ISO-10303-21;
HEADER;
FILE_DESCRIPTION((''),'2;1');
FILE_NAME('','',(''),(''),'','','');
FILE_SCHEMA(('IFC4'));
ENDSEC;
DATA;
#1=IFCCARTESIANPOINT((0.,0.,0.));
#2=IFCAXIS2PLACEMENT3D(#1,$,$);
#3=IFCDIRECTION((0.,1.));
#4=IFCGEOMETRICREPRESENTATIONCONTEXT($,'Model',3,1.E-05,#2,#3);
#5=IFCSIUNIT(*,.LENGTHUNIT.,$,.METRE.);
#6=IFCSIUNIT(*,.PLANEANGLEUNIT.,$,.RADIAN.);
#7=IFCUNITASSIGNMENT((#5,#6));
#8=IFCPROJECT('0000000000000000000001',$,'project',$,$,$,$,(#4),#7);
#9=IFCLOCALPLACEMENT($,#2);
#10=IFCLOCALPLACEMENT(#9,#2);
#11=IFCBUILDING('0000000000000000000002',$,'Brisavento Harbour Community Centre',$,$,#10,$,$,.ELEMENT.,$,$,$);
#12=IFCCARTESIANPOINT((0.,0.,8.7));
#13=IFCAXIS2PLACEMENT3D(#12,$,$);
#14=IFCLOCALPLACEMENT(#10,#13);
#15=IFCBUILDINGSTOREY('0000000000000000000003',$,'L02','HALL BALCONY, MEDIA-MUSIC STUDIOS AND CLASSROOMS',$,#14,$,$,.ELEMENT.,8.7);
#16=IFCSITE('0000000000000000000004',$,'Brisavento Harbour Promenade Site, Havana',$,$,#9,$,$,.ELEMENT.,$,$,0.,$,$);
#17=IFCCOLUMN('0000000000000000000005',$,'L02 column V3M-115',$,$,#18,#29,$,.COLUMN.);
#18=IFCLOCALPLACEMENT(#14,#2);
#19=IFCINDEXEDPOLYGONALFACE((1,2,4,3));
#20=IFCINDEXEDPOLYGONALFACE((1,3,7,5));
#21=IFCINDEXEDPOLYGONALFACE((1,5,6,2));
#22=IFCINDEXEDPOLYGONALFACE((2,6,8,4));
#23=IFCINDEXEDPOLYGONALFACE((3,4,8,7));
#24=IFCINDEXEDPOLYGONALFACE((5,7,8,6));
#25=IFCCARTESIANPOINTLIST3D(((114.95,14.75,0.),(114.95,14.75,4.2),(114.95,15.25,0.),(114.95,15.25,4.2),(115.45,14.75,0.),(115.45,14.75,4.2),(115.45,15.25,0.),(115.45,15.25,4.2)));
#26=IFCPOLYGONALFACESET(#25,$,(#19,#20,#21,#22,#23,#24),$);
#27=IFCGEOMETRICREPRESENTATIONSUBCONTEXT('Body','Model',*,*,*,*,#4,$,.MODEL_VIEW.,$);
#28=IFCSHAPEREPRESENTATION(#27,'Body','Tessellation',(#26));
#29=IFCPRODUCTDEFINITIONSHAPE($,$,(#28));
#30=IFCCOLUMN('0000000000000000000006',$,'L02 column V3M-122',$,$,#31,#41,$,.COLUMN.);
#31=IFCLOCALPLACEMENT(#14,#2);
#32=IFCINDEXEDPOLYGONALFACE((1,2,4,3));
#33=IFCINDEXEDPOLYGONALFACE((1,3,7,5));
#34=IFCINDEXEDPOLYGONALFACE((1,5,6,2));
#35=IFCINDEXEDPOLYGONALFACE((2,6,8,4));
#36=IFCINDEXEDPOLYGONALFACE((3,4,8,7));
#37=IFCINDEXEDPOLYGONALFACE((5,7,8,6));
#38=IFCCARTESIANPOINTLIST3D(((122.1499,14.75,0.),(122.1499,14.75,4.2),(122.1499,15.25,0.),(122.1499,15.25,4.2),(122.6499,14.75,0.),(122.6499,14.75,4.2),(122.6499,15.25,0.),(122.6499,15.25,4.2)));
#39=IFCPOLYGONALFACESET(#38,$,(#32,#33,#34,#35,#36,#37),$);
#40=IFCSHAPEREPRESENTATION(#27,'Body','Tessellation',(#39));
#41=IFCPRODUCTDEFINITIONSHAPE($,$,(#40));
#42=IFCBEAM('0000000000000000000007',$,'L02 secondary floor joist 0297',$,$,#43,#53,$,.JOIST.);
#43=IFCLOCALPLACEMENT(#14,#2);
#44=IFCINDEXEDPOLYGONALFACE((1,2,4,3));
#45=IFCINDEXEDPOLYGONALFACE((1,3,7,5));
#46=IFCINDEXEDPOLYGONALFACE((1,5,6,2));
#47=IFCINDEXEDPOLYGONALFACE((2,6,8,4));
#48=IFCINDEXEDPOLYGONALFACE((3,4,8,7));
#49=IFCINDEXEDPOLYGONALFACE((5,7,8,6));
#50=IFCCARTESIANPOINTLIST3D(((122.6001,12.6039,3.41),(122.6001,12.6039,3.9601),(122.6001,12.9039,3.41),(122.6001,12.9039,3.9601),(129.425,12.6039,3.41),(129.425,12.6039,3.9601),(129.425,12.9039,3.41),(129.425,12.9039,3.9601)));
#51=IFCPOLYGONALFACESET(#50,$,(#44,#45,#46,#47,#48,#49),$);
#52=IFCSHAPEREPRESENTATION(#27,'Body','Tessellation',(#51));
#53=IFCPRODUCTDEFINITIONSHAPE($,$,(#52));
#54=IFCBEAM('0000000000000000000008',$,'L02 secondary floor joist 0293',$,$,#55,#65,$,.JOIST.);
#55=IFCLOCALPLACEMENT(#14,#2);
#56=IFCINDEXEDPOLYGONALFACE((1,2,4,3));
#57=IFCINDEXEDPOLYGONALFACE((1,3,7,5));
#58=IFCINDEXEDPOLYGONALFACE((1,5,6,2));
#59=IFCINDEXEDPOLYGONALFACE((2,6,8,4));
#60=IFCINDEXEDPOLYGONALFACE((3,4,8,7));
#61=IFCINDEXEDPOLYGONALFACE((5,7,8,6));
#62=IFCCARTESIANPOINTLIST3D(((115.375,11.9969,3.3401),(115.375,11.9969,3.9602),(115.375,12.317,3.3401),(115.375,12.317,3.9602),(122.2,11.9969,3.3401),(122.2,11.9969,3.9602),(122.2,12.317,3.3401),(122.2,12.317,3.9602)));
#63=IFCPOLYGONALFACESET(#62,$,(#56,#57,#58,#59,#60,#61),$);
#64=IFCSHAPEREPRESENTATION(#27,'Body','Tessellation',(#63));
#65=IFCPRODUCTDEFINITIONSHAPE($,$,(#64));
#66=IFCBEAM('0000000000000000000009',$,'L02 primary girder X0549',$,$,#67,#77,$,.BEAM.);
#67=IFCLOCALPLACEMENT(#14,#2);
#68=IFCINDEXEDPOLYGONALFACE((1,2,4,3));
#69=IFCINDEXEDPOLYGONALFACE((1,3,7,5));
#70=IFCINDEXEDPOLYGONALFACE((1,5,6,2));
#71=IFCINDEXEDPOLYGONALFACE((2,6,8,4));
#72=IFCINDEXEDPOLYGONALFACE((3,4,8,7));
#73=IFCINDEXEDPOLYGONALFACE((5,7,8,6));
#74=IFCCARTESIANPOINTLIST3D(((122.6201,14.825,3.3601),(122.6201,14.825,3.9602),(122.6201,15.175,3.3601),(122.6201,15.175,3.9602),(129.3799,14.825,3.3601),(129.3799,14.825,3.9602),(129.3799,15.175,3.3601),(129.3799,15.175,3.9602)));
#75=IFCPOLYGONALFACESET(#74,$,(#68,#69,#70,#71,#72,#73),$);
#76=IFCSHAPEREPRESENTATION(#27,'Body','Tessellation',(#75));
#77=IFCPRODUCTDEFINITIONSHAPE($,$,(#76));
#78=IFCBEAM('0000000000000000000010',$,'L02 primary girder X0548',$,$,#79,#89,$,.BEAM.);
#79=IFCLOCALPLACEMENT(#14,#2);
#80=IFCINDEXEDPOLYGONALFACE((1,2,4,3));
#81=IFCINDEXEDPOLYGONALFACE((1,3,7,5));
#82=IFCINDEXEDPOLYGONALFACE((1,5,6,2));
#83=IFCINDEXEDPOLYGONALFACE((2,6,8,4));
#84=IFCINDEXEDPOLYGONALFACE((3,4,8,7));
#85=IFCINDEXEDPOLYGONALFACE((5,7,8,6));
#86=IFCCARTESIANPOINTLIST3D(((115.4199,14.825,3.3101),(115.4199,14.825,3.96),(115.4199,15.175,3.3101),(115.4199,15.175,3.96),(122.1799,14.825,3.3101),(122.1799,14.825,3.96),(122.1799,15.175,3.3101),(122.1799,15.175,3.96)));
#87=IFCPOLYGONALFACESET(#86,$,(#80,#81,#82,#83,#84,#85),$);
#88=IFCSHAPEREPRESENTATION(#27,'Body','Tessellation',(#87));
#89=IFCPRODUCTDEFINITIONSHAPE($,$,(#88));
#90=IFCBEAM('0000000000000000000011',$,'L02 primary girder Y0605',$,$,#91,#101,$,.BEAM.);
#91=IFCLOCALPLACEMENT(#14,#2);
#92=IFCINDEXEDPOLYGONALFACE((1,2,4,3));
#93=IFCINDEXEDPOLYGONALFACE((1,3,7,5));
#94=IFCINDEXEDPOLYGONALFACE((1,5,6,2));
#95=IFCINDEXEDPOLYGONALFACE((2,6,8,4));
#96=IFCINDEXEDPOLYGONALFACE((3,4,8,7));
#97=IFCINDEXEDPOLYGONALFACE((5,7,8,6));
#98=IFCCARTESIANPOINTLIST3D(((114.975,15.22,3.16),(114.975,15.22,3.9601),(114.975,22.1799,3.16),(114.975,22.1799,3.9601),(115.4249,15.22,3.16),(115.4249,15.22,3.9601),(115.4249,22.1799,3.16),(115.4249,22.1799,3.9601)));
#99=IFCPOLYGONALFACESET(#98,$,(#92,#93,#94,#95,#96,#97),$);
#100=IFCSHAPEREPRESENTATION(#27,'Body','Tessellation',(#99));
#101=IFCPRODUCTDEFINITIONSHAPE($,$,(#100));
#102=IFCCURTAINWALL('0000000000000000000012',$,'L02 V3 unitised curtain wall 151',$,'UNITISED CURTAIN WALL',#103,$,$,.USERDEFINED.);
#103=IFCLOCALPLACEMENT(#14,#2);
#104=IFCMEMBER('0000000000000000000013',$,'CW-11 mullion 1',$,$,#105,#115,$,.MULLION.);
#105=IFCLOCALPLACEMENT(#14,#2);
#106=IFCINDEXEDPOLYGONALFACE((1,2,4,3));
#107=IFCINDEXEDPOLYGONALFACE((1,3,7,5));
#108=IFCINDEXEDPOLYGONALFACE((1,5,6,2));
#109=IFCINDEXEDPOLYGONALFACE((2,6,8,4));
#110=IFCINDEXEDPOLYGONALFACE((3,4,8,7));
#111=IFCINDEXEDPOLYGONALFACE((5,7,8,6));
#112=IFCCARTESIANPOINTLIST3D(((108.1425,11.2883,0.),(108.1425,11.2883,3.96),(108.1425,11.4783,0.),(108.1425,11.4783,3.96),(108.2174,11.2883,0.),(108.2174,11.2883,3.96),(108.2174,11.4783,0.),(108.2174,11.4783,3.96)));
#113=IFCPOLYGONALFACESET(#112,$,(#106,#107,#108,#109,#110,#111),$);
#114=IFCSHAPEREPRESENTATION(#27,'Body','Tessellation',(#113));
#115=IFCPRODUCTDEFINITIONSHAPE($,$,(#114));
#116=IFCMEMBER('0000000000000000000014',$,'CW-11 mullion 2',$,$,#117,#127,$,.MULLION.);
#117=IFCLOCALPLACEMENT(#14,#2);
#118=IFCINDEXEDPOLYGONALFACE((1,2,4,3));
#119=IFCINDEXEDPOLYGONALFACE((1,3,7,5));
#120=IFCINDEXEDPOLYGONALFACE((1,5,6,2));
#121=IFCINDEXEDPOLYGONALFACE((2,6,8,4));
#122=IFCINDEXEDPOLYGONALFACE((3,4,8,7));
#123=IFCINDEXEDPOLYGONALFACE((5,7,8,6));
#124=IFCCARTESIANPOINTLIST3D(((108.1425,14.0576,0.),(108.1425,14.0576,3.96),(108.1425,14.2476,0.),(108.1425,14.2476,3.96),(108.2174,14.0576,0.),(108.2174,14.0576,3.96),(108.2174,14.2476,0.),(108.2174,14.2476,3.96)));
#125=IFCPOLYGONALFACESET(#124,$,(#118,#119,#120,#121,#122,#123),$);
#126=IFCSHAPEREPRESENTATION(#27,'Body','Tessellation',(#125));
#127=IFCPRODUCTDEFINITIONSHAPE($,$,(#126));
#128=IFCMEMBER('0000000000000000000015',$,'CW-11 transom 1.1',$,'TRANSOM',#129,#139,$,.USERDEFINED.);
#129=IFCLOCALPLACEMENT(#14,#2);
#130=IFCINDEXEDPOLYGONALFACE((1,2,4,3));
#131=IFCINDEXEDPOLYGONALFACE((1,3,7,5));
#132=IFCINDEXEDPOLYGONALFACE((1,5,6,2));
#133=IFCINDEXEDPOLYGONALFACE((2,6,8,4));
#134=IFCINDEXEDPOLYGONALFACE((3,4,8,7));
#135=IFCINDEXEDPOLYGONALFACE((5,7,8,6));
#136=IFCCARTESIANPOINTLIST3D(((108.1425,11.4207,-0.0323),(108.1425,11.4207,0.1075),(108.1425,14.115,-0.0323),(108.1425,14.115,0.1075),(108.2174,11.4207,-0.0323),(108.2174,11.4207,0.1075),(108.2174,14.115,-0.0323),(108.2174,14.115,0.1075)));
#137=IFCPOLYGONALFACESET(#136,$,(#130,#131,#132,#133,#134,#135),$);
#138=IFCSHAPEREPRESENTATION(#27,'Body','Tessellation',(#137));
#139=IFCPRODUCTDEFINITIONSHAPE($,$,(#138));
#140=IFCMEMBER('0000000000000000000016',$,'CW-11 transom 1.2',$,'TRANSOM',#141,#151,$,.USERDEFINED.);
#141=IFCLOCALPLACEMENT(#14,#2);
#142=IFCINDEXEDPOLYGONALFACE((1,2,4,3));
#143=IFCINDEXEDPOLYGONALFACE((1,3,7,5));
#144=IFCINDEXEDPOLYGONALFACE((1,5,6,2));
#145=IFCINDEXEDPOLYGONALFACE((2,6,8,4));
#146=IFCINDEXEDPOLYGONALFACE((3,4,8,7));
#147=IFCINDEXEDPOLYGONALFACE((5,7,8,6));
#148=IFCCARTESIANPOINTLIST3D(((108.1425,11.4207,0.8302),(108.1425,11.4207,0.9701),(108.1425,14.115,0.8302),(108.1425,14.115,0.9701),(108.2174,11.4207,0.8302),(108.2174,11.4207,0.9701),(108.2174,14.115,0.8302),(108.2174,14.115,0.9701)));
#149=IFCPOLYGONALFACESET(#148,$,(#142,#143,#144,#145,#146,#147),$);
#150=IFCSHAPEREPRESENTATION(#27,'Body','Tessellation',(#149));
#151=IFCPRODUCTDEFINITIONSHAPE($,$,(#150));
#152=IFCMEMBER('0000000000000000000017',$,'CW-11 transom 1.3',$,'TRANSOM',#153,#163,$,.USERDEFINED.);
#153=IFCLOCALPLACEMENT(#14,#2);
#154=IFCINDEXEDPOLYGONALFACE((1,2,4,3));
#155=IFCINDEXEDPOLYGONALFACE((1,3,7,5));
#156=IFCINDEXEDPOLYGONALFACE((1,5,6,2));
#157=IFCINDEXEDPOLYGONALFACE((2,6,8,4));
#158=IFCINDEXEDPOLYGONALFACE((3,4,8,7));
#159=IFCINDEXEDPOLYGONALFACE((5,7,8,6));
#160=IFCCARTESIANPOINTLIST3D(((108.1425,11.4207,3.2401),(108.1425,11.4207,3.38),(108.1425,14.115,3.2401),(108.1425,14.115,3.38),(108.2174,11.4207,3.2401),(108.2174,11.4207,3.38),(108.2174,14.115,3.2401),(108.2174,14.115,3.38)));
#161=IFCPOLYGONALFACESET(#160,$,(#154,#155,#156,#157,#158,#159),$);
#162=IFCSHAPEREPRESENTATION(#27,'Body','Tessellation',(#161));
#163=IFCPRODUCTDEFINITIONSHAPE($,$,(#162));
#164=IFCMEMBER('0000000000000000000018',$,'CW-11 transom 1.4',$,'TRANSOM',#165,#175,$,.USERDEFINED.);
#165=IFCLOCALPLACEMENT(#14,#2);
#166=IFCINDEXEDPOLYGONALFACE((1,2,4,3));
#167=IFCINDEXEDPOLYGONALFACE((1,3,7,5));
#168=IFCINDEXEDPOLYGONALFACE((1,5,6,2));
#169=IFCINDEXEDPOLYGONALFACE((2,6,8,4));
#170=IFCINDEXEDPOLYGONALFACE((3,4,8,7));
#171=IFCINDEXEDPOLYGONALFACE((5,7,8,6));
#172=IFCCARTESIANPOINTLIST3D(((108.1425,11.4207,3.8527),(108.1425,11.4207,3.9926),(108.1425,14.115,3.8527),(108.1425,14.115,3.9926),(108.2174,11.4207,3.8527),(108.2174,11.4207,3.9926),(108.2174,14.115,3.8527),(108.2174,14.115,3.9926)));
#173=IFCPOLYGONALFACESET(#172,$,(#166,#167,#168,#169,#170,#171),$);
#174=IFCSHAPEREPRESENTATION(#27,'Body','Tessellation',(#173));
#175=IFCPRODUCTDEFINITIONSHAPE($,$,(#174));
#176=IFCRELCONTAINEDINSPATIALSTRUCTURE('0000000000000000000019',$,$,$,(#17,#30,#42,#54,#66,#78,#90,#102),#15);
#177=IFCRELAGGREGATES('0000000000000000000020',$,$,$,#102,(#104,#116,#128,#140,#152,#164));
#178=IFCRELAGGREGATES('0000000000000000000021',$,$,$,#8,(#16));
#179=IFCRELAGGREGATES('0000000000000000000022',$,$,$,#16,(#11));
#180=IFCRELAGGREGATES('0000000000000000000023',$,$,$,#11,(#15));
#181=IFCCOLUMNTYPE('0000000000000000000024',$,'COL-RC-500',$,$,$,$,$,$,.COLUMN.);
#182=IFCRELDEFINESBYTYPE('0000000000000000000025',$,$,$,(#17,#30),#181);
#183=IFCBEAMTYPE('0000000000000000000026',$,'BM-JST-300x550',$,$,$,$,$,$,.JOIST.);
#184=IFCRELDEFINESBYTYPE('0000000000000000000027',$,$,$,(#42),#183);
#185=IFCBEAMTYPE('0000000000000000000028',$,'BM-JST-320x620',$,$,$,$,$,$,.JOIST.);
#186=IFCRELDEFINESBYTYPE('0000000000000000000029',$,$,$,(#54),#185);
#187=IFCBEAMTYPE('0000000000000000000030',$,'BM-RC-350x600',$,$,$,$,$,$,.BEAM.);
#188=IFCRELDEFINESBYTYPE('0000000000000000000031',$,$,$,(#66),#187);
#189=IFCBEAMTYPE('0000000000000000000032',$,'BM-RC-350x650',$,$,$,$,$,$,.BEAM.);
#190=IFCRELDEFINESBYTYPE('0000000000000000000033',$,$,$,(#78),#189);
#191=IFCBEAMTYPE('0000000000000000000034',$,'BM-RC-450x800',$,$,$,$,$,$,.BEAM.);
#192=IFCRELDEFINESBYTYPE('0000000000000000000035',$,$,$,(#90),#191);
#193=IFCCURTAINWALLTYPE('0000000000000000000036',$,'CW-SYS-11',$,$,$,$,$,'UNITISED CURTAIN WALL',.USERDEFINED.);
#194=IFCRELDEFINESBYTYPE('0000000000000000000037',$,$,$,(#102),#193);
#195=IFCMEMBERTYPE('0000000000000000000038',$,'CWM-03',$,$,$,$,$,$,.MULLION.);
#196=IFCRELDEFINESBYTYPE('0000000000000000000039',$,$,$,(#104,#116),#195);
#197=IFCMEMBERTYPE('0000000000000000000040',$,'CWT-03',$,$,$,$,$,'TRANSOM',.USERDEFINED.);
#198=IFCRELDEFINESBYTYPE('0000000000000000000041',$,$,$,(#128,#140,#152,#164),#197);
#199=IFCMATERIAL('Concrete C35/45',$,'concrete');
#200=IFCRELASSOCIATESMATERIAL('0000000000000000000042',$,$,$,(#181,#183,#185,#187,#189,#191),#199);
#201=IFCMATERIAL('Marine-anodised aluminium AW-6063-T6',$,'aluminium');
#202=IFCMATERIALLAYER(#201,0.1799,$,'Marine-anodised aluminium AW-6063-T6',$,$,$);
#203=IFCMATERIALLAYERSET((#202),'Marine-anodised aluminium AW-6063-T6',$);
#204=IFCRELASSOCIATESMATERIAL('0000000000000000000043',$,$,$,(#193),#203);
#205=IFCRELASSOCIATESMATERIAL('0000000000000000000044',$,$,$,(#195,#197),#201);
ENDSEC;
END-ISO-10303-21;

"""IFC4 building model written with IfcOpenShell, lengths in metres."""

from ifc_helpers import new_model, si_unit, direction, frame, origin, origin_2d, place, context, subcontext, project, spatial, rectangle, extrude, material, layer, layer_set, material_profile, profile_set, type_object, element, aggregate, save


model = new_model("IFC4")

# Units and contexts
model_context = context("Model", 3, precision=1e-05, world=origin(), true_north=direction((0.0, 1.0)))
body_context = subcontext(model_context, "Body", "Model", "MODEL_VIEW")
ifc_project = project(units=[si_unit("LENGTHUNIT", "METRE"), si_unit("PLANEANGLEUNIT", "RADIAN")], contexts=[model_context])

# Site, building, storey
site_placement = place(None, origin())
site = spatial("IfcSite", under=ifc_project, at=site_placement, Name="Brisavento Harbour Promenade Site, Havana", CompositionType="ELEMENT", RefElevation=0.0)
building_placement = place(site_placement, origin())
building = spatial("IfcBuilding", under=site, at=building_placement, Name="Brisavento Harbour Community Centre", CompositionType="ELEMENT")
storey_placement = place(building_placement, frame((0.0, 0.0, 8.7)))
storey = spatial("IfcBuildingStorey", under=building, at=storey_placement, Name="L02", Description="HALL BALCONY, MEDIA-MUSIC STUDIOS AND CLASSROOMS", CompositionType="ELEMENT", Elevation=8.7)

# Columns
ifc_material_1 = material(Name="Concrete C35/45", Category="concrete")
ifc_material_profile_1 = material_profile(ifc_material_1, rectangle(XDim=0.5, YDim=0.5, at=origin_2d()), Name="Concrete C35/45")
ifc_profile_set_1 = profile_set([ifc_material_profile_1], Name="Concrete C35/45")
column_type = type_object("IfcColumnType", Name="COL-RC-500", PredefinedType="COLUMN", material=ifc_profile_set_1)
for number, where, z_axis, x_axis, name in (
    (1, (115.2, 15.0, 0.0), (0.0, 0.0, 1.0), (1.0, 0.0, 0.0), "L02 column V3M-115"),
    (2, (122.3999, 15.0, 0.0), (0.0, 0.0, 1.0), (1.0, 0.0, 0.0), "L02 column V3M-122"),
):
    element("IfcColumn", number, at=place(storey_placement, frame(where, z_axis=z_axis, x_axis=x_axis)), inside=storey, type_object=column_type, Name=name, PredefinedType="COLUMN", context=body_context, shape_type="SweptSolid", body=[
        extrude(rectangle(XDim=0.5, YDim=0.5, at=origin_2d()), origin(), (0.0, 0.0, 1.0), 4.2),
    ])

# Beams
ifc_material_profile_2 = material_profile(ifc_material_1, rectangle(XDim=0.3, YDim=0.55, at=origin_2d()), Name="Concrete C35/45")
ifc_profile_set_2 = profile_set([ifc_material_profile_2], Name="Concrete C35/45")
beam_type_1 = type_object("IfcBeamType", Name="BM-JST-300x550", PredefinedType="JOIST", material=ifc_profile_set_2)
beam_1_placement = place(storey_placement, frame((122.6001, 12.7539, 3.6851), z_axis=(1.0, 0.0, 0.0), x_axis=(0.0, 1.0, 0.0)))
element("IfcBeam", 3, at=beam_1_placement, inside=storey, type_object=beam_type_1, Name="L02 secondary floor joist 0297", PredefinedType="JOIST", context=body_context, shape_type="SweptSolid", body=[
    extrude(rectangle(XDim=0.3, YDim=0.55, at=origin_2d()), origin(), (0.0, 0.0, 1.0), 6.825),
])
ifc_material_profile_3 = material_profile(ifc_material_1, rectangle(XDim=0.3201, YDim=0.6201, at=origin_2d()), Name="Concrete C35/45")
ifc_profile_set_3 = profile_set([ifc_material_profile_3], Name="Concrete C35/45")
beam_type_2 = type_object("IfcBeamType", Name="BM-JST-320x620", PredefinedType="JOIST", material=ifc_profile_set_3)
beam_2_placement = place(storey_placement, frame((115.375, 12.157, 3.6501), z_axis=(1.0, 0.0, 0.0), x_axis=(0.0, 1.0, 0.0)))
element("IfcBeam", 4, at=beam_2_placement, inside=storey, type_object=beam_type_2, Name="L02 secondary floor joist 0293", PredefinedType="JOIST", context=body_context, shape_type="SweptSolid", body=[
    extrude(rectangle(XDim=0.3201, YDim=0.6201, at=origin_2d()), origin(), (0.0, 0.0, 1.0), 6.825),
])
ifc_material_profile_4 = material_profile(ifc_material_1, rectangle(XDim=0.3501, YDim=0.6001, at=origin_2d()), Name="Concrete C35/45")
ifc_profile_set_4 = profile_set([ifc_material_profile_4], Name="Concrete C35/45")
beam_type_3 = type_object("IfcBeamType", Name="BM-RC-350x600", PredefinedType="BEAM", material=ifc_profile_set_4)
beam_3_placement = place(storey_placement, frame((122.6201, 15.0, 3.6602), z_axis=(1.0, 0.0, 0.0), x_axis=(0.0, 1.0, 0.0)))
element("IfcBeam", 5, at=beam_3_placement, inside=storey, type_object=beam_type_3, Name="L02 primary girder X0549", PredefinedType="BEAM", context=body_context, shape_type="SweptSolid", body=[
    extrude(rectangle(XDim=0.3501, YDim=0.6001, at=origin_2d()), origin(), (0.0, 0.0, 1.0), 6.7598),
])
ifc_material_profile_5 = material_profile(ifc_material_1, rectangle(XDim=0.3501, YDim=0.6499, at=origin_2d()), Name="Concrete C35/45")
ifc_profile_set_5 = profile_set([ifc_material_profile_5], Name="Concrete C35/45")
beam_type_4 = type_object("IfcBeamType", Name="BM-RC-350x650", PredefinedType="BEAM", material=ifc_profile_set_5)
beam_4_placement = place(storey_placement, frame((115.4199, 15.0, 3.635), z_axis=(1.0, 0.0, 0.0), x_axis=(0.0, 1.0, 0.0)))
element("IfcBeam", 6, at=beam_4_placement, inside=storey, type_object=beam_type_4, Name="L02 primary girder X0548", PredefinedType="BEAM", context=body_context, shape_type="SweptSolid", body=[
    extrude(rectangle(XDim=0.3501, YDim=0.6499, at=origin_2d()), origin(), (0.0, 0.0, 1.0), 6.76),
])
ifc_material_profile_6 = material_profile(ifc_material_1, rectangle(XDim=0.45, YDim=0.8, at=origin_2d()), Name="Concrete C35/45")
ifc_profile_set_6 = profile_set([ifc_material_profile_6], Name="Concrete C35/45")
beam_type_5 = type_object("IfcBeamType", Name="BM-RC-450x800", PredefinedType="BEAM", material=ifc_profile_set_6)
beam_5_placement = place(storey_placement, frame((115.2, 15.22, 3.5601), z_axis=(0.0, 1.0, 0.0), x_axis=(-1.0, 0.0, 0.0)))
element("IfcBeam", 7, at=beam_5_placement, inside=storey, type_object=beam_type_5, Name="L02 primary girder Y0605", PredefinedType="BEAM", context=body_context, shape_type="SweptSolid", body=[
    extrude(rectangle(XDim=0.45, YDim=0.8, at=origin_2d()), origin(), (0.0, 0.0, 1.0), 6.96),
])

# Curtain wall, members
ifc_material_2 = material(Name="Marine-anodised aluminium AW-6063-T6", Category="aluminium")
ifc_layer_1 = layer(ifc_material_2, 0.1799, Name="Marine-anodised aluminium AW-6063-T6")
ifc_layer_set_1 = layer_set([ifc_layer_1], Name="Marine-anodised aluminium AW-6063-T6")
curtain_wall_type = type_object("IfcCurtainWallType", Name="CW-SYS-11", ElementType="UNITISED CURTAIN WALL", PredefinedType="USERDEFINED", material=ifc_layer_set_1)
curtain_wall_placement = place(storey_placement, origin())
curtain_wall = element("IfcCurtainWall", 8, at=curtain_wall_placement, inside=storey, type_object=curtain_wall_type, Name="L02 V3 unitised curtain wall 151", ObjectType="UNITISED CURTAIN WALL", PredefinedType="USERDEFINED")
ifc_material_profile_7 = material_profile(ifc_material_2, rectangle(XDim=0.075, YDim=0.1899, at=origin_2d()), Name="Marine-anodised aluminium AW-6063-T6")
ifc_profile_set_7 = profile_set([ifc_material_profile_7], Name="Marine-anodised aluminium AW-6063-T6")
member_type_1 = type_object("IfcMemberType", Name="CWM-03", PredefinedType="MULLION", material=ifc_profile_set_7)
member_1_placement = place(storey_placement, frame((108.1799, 11.3833, 0.0), z_axis=(0.0, 0.0, 1.0), x_axis=(-1.0, 0.0, 0.0)))
member_1 = element("IfcMember", 9, at=member_1_placement, type_object=member_type_1, Name="CW-11 mullion 1", PredefinedType="MULLION", context=body_context, shape_type="SweptSolid", body=[
    extrude(rectangle(XDim=0.075, YDim=0.1899, at=origin_2d()), origin(), (0.0, 0.0, 1.0), 3.96),
])
member_2_placement = place(storey_placement, frame((108.1799, 14.1526, 0.0), z_axis=(0.0, 0.0, 1.0), x_axis=(-1.0, 0.0, 0.0)))
member_2 = element("IfcMember", 10, at=member_2_placement, type_object=member_type_1, Name="CW-11 mullion 2", PredefinedType="MULLION", context=body_context, shape_type="SweptSolid", body=[
    extrude(rectangle(XDim=0.075, YDim=0.1899, at=origin_2d()), origin(), (0.0, 0.0, 1.0), 3.96),
])
ifc_material_profile_8 = material_profile(ifc_material_2, rectangle(XDim=0.075, YDim=0.1399, at=origin_2d()), Name="Marine-anodised aluminium AW-6063-T6")
ifc_profile_set_8 = profile_set([ifc_material_profile_8], Name="Marine-anodised aluminium AW-6063-T6")
member_type_2 = type_object("IfcMemberType", Name="CWT-03", ElementType="TRANSOM", PredefinedType="USERDEFINED", material=ifc_profile_set_8)
member_3_placement = place(storey_placement, frame((108.1799, 11.4207, 0.0376), z_axis=(0.0, 1.0, 0.0), x_axis=(-1.0, 0.0, 0.0)))
member_3 = element("IfcMember", 11, at=member_3_placement, type_object=member_type_2, Name="CW-11 transom 1.1", ObjectType="TRANSOM", PredefinedType="USERDEFINED", context=body_context, shape_type="SweptSolid", body=[
    extrude(rectangle(XDim=0.075, YDim=0.1399, at=origin_2d()), origin(), (0.0, 0.0, 1.0), 2.6943),
])
member_4_placement = place(storey_placement, frame((108.1799, 11.4207, 0.9001), z_axis=(0.0, 1.0, 0.0), x_axis=(-1.0, 0.0, 0.0)))
member_4 = element("IfcMember", 12, at=member_4_placement, type_object=member_type_2, Name="CW-11 transom 1.2", ObjectType="TRANSOM", PredefinedType="USERDEFINED", context=body_context, shape_type="SweptSolid", body=[
    extrude(rectangle(XDim=0.075, YDim=0.1399, at=origin_2d()), origin(), (0.0, 0.0, 1.0), 2.6943),
])
member_5_placement = place(storey_placement, frame((108.1799, 11.4207, 3.3101), z_axis=(0.0, 1.0, 0.0), x_axis=(-1.0, 0.0, 0.0)))
member_5 = element("IfcMember", 13, at=member_5_placement, type_object=member_type_2, Name="CW-11 transom 1.3", ObjectType="TRANSOM", PredefinedType="USERDEFINED", context=body_context, shape_type="SweptSolid", body=[
    extrude(rectangle(XDim=0.075, YDim=0.1399, at=origin_2d()), origin(), (0.0, 0.0, 1.0), 2.6943),
])
member_6_placement = place(storey_placement, frame((108.1799, 11.4207, 3.9226), z_axis=(0.0, 1.0, 0.0), x_axis=(-1.0, 0.0, 0.0)))
member_6 = element("IfcMember", 14, at=member_6_placement, type_object=member_type_2, Name="CW-11 transom 1.4", ObjectType="TRANSOM", PredefinedType="USERDEFINED", context=body_context, shape_type="SweptSolid", body=[
    extrude(rectangle(XDim=0.075, YDim=0.1399, at=origin_2d()), origin(), (0.0, 0.0, 1.0), 2.6943),
])
aggregate(curtain_wall, [member_1, member_2, member_3, member_4, member_5, member_6])

save(model, "model.ifc")
